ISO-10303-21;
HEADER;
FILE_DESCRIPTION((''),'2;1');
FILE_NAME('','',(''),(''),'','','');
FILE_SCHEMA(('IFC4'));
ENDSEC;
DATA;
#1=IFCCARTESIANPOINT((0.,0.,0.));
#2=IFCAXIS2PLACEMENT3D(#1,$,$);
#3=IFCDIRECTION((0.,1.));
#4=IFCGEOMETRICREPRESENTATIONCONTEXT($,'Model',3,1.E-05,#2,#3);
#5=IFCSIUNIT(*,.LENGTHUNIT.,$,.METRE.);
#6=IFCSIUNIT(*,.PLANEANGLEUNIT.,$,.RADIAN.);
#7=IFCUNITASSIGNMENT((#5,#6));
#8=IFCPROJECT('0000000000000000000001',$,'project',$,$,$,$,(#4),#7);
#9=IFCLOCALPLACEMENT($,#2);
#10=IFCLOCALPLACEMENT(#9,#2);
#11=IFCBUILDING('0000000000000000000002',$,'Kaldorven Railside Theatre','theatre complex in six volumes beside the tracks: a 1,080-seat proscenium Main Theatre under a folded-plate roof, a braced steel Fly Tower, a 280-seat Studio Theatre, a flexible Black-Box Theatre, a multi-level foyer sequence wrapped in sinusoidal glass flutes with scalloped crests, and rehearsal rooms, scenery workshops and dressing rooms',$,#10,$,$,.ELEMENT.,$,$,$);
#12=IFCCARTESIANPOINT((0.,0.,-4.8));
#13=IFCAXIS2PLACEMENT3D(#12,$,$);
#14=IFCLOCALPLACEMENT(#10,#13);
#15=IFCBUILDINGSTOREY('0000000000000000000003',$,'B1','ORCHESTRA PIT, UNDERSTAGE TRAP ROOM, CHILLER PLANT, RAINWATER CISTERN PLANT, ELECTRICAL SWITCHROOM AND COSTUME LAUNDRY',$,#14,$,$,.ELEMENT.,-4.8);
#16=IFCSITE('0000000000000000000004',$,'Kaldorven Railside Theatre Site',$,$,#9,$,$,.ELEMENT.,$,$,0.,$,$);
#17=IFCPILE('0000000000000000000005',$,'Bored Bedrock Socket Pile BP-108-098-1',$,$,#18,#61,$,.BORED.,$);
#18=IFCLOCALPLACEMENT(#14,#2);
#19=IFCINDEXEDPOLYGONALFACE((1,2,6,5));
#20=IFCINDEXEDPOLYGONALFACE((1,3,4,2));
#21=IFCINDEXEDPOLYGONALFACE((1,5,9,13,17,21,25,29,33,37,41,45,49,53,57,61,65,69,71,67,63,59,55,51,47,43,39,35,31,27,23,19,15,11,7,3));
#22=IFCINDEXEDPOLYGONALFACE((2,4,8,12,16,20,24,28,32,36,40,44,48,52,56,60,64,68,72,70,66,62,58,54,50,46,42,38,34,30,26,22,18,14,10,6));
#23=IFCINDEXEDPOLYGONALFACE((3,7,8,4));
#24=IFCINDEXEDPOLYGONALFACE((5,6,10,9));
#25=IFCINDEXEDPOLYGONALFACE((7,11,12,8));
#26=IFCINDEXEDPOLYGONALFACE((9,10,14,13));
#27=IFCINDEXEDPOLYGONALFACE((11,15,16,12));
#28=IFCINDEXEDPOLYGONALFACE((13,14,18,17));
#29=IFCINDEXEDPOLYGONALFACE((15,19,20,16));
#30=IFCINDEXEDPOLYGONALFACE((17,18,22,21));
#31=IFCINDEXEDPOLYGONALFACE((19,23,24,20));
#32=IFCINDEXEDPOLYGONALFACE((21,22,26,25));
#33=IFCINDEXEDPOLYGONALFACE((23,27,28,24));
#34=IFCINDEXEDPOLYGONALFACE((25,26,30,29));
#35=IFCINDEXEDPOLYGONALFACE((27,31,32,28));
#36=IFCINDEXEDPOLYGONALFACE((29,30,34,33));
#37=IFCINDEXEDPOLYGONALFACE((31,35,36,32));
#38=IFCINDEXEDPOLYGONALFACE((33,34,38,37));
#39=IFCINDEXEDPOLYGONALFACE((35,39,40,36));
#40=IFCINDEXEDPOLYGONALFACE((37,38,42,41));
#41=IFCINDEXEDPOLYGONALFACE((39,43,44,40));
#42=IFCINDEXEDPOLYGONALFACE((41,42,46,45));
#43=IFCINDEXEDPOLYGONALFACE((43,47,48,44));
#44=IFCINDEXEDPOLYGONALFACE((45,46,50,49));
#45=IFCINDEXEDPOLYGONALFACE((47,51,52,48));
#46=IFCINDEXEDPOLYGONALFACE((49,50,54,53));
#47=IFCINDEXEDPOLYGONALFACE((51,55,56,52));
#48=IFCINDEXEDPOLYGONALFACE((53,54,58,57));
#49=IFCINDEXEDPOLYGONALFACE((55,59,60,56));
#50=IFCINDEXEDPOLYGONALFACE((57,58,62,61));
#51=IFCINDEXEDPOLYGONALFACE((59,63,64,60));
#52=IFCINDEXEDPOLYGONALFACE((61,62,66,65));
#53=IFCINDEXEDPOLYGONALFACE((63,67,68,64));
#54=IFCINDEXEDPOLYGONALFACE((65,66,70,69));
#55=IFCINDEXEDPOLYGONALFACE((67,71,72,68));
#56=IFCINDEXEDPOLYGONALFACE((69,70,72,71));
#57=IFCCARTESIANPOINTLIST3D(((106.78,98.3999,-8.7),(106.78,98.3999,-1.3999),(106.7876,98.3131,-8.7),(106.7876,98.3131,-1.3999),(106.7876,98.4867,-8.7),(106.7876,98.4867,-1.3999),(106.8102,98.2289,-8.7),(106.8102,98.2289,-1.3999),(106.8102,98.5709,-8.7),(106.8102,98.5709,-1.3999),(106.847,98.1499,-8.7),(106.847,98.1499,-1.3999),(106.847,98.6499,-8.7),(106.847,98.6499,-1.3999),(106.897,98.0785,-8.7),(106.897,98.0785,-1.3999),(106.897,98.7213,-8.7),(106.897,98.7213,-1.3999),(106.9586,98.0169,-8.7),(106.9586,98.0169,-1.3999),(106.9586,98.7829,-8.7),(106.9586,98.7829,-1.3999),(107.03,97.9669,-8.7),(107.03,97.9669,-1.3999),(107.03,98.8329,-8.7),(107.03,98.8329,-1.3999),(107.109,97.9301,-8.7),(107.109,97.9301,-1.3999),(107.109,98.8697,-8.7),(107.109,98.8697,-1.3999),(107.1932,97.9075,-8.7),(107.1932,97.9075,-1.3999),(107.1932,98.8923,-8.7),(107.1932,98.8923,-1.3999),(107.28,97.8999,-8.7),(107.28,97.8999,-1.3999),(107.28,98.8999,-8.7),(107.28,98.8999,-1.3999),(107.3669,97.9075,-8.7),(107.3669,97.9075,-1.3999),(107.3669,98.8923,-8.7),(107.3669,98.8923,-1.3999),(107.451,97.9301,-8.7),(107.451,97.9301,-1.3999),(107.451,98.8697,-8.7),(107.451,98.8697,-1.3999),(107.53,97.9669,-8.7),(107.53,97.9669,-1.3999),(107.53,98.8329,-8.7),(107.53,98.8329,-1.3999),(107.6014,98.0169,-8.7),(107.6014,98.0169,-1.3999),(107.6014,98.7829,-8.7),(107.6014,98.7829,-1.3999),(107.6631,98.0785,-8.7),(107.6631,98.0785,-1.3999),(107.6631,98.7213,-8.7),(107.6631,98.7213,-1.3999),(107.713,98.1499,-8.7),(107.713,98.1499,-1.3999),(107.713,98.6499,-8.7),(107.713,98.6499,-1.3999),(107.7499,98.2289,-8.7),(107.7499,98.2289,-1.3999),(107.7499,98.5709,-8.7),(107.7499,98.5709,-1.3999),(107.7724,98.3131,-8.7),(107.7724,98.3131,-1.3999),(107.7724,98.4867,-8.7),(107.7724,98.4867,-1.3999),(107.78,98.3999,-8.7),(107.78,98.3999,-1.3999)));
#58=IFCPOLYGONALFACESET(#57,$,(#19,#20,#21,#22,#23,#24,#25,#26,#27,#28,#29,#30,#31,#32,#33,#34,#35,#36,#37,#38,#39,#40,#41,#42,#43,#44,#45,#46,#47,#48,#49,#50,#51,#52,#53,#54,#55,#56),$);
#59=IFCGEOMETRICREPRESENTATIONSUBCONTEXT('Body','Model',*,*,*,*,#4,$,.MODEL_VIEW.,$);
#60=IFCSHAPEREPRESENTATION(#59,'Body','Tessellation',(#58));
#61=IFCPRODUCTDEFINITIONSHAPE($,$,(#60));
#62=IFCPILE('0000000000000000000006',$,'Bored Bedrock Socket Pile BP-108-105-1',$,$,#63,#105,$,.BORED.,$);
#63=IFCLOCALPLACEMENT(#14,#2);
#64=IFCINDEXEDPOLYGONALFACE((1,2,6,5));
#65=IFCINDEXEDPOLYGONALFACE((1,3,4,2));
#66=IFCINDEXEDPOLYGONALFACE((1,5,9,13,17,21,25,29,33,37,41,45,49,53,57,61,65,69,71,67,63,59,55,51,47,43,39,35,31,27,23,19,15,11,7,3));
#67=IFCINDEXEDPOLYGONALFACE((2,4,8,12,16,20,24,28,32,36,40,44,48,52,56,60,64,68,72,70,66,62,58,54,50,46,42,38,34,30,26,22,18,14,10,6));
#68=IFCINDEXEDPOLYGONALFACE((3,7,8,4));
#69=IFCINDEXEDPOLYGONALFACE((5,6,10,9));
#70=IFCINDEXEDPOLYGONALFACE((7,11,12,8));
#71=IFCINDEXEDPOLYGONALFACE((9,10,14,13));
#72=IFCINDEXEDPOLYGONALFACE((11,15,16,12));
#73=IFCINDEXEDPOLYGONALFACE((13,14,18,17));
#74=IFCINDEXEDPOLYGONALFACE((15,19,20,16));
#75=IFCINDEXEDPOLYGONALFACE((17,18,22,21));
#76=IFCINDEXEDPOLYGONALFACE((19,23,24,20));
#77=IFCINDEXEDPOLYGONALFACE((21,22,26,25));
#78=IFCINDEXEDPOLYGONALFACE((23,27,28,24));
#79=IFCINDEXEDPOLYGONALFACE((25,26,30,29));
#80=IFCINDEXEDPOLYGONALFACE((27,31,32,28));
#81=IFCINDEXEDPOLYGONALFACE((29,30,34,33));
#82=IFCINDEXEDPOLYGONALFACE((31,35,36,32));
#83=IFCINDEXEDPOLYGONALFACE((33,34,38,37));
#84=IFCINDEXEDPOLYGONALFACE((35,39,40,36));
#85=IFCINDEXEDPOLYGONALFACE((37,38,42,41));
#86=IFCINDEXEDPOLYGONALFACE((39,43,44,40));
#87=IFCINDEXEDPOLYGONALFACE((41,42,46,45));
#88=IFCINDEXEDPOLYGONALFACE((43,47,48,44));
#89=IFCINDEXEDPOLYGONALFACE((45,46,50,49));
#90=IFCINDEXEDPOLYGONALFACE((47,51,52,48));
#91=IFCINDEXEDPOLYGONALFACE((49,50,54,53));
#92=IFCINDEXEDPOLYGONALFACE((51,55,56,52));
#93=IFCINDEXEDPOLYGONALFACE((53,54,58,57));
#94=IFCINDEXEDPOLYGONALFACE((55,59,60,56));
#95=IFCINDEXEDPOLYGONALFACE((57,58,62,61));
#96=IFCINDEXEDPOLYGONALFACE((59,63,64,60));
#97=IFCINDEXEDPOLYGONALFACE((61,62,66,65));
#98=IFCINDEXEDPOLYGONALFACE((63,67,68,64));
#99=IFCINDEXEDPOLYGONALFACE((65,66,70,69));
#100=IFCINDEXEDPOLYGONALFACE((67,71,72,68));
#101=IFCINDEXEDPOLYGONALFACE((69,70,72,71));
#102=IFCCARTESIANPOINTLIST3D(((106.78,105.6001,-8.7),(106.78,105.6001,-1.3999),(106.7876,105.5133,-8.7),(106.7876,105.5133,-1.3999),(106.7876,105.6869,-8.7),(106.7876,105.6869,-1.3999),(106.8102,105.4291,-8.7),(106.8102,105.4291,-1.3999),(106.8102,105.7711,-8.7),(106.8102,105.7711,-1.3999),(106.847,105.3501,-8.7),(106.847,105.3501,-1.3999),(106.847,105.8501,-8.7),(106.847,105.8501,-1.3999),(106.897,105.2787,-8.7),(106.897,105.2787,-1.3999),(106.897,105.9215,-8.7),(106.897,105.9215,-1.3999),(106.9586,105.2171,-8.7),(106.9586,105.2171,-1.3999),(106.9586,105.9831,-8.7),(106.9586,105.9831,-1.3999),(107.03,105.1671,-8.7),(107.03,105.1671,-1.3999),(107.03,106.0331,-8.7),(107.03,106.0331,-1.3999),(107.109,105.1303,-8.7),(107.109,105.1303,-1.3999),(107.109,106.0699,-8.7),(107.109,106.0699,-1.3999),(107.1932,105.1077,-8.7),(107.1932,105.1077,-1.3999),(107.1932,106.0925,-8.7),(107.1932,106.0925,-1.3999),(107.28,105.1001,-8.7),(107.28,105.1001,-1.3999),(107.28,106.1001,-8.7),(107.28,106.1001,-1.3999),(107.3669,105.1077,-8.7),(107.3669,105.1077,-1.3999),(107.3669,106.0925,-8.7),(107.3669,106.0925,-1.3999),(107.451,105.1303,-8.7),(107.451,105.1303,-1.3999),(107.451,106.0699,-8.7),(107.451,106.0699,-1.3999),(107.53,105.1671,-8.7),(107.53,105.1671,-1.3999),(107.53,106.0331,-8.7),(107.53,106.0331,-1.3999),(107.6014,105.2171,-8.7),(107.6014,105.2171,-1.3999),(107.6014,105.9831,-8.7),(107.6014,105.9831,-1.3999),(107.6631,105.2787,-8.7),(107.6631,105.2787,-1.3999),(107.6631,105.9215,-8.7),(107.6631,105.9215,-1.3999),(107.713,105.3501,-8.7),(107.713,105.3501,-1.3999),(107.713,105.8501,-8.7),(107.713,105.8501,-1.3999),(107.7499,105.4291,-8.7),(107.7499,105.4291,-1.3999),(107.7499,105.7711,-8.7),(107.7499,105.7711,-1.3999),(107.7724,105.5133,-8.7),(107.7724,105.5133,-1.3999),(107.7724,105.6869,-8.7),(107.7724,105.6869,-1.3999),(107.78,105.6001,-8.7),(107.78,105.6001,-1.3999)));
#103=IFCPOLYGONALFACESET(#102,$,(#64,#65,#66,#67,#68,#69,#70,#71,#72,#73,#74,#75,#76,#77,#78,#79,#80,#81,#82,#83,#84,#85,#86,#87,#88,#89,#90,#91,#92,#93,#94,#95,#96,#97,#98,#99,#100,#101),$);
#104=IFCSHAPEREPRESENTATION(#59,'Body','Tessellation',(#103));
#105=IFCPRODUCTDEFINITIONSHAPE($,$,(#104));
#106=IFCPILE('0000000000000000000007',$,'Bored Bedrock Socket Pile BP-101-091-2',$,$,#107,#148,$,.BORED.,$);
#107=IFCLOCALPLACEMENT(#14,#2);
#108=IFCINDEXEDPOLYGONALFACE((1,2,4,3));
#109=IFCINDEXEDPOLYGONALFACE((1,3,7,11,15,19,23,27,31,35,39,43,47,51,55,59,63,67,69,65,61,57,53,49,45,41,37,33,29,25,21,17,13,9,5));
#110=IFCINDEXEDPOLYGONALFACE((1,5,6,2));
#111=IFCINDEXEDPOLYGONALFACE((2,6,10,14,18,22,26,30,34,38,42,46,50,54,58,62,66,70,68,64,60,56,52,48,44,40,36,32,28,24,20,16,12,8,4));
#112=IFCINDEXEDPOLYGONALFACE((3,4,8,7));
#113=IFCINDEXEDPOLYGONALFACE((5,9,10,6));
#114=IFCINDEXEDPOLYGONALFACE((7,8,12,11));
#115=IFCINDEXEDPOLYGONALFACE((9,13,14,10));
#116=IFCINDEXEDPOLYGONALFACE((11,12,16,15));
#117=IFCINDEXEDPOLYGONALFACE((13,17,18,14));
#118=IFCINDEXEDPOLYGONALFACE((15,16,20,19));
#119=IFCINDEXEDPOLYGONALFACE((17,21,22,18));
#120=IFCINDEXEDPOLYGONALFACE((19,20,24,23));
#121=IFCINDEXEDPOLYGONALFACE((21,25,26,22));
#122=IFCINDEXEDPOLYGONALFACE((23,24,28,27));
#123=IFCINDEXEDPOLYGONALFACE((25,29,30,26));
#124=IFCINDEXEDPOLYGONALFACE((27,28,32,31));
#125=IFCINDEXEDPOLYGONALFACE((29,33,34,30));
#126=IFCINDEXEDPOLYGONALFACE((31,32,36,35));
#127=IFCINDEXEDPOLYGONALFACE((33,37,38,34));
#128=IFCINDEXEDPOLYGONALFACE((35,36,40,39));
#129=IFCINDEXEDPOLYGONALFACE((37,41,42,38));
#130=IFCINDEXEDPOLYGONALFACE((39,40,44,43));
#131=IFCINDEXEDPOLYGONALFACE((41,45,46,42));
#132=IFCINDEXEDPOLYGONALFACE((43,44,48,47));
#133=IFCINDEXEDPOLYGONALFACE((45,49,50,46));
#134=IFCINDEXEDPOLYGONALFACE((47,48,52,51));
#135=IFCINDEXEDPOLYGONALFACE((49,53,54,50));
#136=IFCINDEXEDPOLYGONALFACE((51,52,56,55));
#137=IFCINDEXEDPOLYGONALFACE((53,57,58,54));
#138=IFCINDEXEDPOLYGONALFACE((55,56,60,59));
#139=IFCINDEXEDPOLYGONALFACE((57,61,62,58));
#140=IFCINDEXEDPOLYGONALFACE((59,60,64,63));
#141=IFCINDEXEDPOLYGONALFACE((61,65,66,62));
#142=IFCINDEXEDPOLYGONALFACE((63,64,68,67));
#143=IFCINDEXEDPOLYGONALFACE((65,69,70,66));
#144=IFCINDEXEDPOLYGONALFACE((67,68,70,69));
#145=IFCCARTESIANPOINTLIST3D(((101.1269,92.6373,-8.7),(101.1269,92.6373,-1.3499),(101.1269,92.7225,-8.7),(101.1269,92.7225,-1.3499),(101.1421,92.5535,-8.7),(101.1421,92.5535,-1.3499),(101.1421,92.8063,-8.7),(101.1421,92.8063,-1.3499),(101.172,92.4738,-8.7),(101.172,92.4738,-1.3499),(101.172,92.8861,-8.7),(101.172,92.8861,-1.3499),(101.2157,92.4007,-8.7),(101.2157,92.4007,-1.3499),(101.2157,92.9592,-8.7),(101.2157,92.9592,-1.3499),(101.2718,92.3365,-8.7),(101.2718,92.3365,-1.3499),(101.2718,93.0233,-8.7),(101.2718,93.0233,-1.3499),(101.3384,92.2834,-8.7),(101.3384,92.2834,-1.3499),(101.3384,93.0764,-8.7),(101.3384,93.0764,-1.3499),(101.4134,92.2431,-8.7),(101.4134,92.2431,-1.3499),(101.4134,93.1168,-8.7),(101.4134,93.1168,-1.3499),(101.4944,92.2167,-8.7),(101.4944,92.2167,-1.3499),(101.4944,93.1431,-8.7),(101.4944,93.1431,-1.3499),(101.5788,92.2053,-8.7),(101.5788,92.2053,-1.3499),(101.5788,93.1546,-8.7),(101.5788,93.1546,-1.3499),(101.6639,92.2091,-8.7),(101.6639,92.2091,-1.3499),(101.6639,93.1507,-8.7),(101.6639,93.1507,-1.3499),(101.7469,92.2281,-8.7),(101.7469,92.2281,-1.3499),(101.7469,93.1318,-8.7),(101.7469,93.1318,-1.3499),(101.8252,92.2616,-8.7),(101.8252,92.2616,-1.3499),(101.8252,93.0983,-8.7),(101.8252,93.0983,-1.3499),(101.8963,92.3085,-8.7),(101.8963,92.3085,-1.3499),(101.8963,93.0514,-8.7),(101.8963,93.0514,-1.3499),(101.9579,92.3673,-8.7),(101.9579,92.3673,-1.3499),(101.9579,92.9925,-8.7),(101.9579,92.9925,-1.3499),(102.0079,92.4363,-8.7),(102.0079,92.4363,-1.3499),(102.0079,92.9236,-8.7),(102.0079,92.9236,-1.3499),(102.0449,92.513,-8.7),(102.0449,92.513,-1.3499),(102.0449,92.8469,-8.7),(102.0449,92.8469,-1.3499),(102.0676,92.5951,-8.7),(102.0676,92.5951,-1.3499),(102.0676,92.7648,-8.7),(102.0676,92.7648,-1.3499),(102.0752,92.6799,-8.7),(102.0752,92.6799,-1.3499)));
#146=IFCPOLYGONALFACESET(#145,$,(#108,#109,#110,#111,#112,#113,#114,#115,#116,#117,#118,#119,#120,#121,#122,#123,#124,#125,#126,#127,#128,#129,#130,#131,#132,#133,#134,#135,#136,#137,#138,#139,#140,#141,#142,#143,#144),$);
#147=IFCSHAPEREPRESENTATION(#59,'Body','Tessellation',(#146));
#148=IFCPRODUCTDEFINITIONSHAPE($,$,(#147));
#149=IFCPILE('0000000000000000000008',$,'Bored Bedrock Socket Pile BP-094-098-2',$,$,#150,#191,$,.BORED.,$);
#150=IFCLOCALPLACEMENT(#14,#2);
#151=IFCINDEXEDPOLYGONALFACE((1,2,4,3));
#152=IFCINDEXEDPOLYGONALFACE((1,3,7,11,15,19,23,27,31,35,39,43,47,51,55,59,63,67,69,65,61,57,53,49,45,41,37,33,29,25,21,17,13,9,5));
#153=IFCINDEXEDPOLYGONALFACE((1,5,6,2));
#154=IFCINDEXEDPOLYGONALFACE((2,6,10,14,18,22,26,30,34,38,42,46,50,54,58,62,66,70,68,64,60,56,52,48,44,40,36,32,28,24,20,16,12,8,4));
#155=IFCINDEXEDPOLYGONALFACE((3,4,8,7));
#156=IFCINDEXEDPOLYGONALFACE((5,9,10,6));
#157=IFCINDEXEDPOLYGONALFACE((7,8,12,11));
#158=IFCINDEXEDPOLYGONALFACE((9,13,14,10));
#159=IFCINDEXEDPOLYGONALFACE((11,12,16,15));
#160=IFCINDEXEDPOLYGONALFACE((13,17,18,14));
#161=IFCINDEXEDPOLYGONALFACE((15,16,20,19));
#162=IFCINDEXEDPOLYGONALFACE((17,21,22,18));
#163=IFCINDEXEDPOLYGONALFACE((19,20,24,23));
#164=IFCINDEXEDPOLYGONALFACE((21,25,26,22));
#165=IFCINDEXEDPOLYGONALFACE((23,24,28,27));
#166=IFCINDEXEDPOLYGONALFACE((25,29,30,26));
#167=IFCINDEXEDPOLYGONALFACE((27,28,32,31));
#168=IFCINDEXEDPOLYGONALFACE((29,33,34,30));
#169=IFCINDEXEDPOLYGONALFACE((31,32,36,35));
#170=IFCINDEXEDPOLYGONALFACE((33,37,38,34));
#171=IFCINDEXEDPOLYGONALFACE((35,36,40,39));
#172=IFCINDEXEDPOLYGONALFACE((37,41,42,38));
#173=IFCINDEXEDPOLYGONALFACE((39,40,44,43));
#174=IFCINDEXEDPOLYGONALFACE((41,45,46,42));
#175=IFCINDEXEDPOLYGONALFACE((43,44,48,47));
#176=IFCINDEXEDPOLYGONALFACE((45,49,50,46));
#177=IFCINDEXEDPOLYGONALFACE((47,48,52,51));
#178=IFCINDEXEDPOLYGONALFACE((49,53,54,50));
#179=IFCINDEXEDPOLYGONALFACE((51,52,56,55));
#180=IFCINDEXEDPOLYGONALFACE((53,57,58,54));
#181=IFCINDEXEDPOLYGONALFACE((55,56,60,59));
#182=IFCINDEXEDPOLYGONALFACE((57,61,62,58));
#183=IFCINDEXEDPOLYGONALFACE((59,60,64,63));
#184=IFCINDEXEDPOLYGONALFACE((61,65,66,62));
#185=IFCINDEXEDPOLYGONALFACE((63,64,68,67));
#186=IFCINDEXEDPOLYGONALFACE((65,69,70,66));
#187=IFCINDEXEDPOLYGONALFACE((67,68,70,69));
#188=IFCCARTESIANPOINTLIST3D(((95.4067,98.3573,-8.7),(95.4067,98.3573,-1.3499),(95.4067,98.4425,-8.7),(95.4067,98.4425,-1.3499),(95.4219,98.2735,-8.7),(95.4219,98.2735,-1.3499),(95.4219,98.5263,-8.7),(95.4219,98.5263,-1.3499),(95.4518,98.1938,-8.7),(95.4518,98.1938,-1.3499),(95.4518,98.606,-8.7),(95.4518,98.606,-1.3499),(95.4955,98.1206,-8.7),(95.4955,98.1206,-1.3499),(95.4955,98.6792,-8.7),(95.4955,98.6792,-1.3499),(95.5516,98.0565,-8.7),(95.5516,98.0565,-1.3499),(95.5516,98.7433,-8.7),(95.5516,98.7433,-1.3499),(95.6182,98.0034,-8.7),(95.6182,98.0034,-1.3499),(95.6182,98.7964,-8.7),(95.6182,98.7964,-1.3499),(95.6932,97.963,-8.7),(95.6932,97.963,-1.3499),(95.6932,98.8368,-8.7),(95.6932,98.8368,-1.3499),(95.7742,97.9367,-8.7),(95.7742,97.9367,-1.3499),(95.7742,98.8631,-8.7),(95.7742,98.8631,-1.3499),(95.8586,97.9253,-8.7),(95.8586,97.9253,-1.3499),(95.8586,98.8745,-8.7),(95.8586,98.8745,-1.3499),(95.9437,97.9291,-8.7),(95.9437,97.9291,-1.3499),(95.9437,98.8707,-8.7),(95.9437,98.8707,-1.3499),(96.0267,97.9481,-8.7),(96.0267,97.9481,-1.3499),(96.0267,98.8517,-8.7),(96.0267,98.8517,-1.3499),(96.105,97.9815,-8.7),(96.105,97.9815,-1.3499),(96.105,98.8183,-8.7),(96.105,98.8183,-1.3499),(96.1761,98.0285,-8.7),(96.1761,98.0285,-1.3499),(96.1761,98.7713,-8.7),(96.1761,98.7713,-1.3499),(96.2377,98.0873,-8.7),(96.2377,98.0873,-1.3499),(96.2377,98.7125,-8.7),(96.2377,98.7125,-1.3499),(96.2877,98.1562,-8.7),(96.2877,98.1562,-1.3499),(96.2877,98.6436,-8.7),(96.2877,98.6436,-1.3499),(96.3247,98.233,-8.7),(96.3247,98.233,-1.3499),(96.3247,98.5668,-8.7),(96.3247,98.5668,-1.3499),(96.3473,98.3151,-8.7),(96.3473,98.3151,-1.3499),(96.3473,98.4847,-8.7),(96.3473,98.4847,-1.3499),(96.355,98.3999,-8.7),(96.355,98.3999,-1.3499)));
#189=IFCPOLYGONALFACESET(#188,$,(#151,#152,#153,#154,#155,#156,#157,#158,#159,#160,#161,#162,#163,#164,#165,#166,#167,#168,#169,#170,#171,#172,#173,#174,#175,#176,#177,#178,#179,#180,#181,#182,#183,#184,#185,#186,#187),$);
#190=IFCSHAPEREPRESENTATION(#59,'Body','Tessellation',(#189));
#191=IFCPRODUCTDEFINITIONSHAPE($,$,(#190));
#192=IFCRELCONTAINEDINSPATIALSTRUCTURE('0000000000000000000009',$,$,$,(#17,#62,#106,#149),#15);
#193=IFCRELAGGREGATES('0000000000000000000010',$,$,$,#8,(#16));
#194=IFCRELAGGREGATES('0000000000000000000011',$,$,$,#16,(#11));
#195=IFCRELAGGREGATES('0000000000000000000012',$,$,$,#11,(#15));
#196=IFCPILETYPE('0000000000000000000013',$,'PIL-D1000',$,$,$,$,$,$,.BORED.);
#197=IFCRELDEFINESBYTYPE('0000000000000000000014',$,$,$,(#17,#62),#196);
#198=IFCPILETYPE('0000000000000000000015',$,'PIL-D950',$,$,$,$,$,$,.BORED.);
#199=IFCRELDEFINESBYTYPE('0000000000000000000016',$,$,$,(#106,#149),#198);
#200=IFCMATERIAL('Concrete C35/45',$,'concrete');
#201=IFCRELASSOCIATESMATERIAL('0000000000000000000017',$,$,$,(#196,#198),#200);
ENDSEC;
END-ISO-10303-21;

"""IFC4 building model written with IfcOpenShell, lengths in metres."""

from ifc_helpers import new_model, si_unit, direction, frame, origin, origin_2d, place, context, subcontext, project, spatial, circle, extrude, material, material_profile, profile_set, type_object, element, save


model = new_model("IFC4")

# Units and contexts
model_context = context("Model", 3, precision=1e-05, world=origin(), true_north=direction((0.0, 1.0)))
body_context = subcontext(model_context, "Body", "Model", "MODEL_VIEW")
ifc_project = project(units=[si_unit("LENGTHUNIT", "METRE"), si_unit("PLANEANGLEUNIT", "RADIAN")], contexts=[model_context])

# Site, building, storey
site_placement = place(None, origin())
site = spatial("IfcSite", under=ifc_project, at=site_placement, Name="Kaldorven Railside Theatre Site", CompositionType="ELEMENT", RefElevation=0.0)
building_placement = place(site_placement, origin())
building = spatial("IfcBuilding", under=site, at=building_placement, Name="Kaldorven Railside Theatre", Description="theatre complex in six volumes beside the tracks: a 1,080-seat proscenium Main Theatre under a folded-plate roof, a braced steel Fly Tower, a 280-seat Studio Theatre, a flexible Black-Box Theatre, a multi-level foyer sequence wrapped in sinusoidal glass flutes with scalloped crests, and rehearsal rooms, scenery workshops and dressing rooms", CompositionType="ELEMENT")
storey_placement = place(building_placement, frame((0.0, 0.0, -4.8)))
storey = spatial("IfcBuildingStorey", under=building, at=storey_placement, Name="B1", Description="ORCHESTRA PIT, UNDERSTAGE TRAP ROOM, CHILLER PLANT, RAINWATER CISTERN PLANT, ELECTRICAL SWITCHROOM AND COSTUME LAUNDRY", CompositionType="ELEMENT", Elevation=-4.8)

# Piles
ifc_material_1 = material(Name="Concrete C35/45", Category="concrete")
ifc_material_profile_1 = material_profile(ifc_material_1, circle(Radius=0.5, at=origin_2d()), Name="BP D1000")
ifc_profile_set_1 = profile_set([ifc_material_profile_1], Name="Concrete C35/45")
pile_type_1 = type_object("IfcPileType", Name="PIL-D1000", PredefinedType="BORED", material=ifc_profile_set_1)
for number, where, z_axis, x_axis, name in (
    (1, (107.28, 98.3999, -1.3999), (0.0, 0.0, -1.0), (1.0, 0.0, 0.0), "Bored Bedrock Socket Pile BP-108-098-1"),
    (2, (107.28, 105.6001, -1.3999), (0.0, 0.0, -1.0), (1.0, 0.0, 0.0), "Bored Bedrock Socket Pile BP-108-105-1"),
):
    element("IfcPile", number, at=place(storey_placement, frame(where, z_axis=z_axis, x_axis=x_axis)), inside=storey, type_object=pile_type_1, Name=name, PredefinedType="BORED", context=body_context, shape_type="SweptSolid", body=[
        extrude(circle(Radius=0.5, at=origin_2d()), origin(), (0.0, 0.0, 1.0), 7.3),
    ])
ifc_material_profile_2 = material_profile(ifc_material_1, circle(Radius=0.4751, at=origin_2d()), Name="BP D950")
ifc_profile_set_2 = profile_set([ifc_material_profile_2], Name="Concrete C35/45")
pile_type_2 = type_object("IfcPileType", Name="PIL-D950", PredefinedType="BORED", material=ifc_profile_set_2)
for number, where, z_axis, x_axis, name in (
    (3, (101.6001, 92.6799, -1.3499), (0.0, 0.0, -1.0), (1.0, 0.0, 0.0), "Bored Bedrock Socket Pile BP-101-091-2"),
    (4, (95.8799, 98.3999, -1.3499), (0.0, 0.0, -1.0), (1.0, 0.0, 0.0), "Bored Bedrock Socket Pile BP-094-098-2"),
):
    element("IfcPile", number, at=place(storey_placement, frame(where, z_axis=z_axis, x_axis=x_axis)), inside=storey, type_object=pile_type_2, Name=name, PredefinedType="BORED", context=body_context, shape_type="SweptSolid", body=[
        extrude(circle(Radius=0.4751, at=origin_2d()), origin(), (0.0, 0.0, 1.0), 7.3501),
    ])

save(model, "model.ifc")
